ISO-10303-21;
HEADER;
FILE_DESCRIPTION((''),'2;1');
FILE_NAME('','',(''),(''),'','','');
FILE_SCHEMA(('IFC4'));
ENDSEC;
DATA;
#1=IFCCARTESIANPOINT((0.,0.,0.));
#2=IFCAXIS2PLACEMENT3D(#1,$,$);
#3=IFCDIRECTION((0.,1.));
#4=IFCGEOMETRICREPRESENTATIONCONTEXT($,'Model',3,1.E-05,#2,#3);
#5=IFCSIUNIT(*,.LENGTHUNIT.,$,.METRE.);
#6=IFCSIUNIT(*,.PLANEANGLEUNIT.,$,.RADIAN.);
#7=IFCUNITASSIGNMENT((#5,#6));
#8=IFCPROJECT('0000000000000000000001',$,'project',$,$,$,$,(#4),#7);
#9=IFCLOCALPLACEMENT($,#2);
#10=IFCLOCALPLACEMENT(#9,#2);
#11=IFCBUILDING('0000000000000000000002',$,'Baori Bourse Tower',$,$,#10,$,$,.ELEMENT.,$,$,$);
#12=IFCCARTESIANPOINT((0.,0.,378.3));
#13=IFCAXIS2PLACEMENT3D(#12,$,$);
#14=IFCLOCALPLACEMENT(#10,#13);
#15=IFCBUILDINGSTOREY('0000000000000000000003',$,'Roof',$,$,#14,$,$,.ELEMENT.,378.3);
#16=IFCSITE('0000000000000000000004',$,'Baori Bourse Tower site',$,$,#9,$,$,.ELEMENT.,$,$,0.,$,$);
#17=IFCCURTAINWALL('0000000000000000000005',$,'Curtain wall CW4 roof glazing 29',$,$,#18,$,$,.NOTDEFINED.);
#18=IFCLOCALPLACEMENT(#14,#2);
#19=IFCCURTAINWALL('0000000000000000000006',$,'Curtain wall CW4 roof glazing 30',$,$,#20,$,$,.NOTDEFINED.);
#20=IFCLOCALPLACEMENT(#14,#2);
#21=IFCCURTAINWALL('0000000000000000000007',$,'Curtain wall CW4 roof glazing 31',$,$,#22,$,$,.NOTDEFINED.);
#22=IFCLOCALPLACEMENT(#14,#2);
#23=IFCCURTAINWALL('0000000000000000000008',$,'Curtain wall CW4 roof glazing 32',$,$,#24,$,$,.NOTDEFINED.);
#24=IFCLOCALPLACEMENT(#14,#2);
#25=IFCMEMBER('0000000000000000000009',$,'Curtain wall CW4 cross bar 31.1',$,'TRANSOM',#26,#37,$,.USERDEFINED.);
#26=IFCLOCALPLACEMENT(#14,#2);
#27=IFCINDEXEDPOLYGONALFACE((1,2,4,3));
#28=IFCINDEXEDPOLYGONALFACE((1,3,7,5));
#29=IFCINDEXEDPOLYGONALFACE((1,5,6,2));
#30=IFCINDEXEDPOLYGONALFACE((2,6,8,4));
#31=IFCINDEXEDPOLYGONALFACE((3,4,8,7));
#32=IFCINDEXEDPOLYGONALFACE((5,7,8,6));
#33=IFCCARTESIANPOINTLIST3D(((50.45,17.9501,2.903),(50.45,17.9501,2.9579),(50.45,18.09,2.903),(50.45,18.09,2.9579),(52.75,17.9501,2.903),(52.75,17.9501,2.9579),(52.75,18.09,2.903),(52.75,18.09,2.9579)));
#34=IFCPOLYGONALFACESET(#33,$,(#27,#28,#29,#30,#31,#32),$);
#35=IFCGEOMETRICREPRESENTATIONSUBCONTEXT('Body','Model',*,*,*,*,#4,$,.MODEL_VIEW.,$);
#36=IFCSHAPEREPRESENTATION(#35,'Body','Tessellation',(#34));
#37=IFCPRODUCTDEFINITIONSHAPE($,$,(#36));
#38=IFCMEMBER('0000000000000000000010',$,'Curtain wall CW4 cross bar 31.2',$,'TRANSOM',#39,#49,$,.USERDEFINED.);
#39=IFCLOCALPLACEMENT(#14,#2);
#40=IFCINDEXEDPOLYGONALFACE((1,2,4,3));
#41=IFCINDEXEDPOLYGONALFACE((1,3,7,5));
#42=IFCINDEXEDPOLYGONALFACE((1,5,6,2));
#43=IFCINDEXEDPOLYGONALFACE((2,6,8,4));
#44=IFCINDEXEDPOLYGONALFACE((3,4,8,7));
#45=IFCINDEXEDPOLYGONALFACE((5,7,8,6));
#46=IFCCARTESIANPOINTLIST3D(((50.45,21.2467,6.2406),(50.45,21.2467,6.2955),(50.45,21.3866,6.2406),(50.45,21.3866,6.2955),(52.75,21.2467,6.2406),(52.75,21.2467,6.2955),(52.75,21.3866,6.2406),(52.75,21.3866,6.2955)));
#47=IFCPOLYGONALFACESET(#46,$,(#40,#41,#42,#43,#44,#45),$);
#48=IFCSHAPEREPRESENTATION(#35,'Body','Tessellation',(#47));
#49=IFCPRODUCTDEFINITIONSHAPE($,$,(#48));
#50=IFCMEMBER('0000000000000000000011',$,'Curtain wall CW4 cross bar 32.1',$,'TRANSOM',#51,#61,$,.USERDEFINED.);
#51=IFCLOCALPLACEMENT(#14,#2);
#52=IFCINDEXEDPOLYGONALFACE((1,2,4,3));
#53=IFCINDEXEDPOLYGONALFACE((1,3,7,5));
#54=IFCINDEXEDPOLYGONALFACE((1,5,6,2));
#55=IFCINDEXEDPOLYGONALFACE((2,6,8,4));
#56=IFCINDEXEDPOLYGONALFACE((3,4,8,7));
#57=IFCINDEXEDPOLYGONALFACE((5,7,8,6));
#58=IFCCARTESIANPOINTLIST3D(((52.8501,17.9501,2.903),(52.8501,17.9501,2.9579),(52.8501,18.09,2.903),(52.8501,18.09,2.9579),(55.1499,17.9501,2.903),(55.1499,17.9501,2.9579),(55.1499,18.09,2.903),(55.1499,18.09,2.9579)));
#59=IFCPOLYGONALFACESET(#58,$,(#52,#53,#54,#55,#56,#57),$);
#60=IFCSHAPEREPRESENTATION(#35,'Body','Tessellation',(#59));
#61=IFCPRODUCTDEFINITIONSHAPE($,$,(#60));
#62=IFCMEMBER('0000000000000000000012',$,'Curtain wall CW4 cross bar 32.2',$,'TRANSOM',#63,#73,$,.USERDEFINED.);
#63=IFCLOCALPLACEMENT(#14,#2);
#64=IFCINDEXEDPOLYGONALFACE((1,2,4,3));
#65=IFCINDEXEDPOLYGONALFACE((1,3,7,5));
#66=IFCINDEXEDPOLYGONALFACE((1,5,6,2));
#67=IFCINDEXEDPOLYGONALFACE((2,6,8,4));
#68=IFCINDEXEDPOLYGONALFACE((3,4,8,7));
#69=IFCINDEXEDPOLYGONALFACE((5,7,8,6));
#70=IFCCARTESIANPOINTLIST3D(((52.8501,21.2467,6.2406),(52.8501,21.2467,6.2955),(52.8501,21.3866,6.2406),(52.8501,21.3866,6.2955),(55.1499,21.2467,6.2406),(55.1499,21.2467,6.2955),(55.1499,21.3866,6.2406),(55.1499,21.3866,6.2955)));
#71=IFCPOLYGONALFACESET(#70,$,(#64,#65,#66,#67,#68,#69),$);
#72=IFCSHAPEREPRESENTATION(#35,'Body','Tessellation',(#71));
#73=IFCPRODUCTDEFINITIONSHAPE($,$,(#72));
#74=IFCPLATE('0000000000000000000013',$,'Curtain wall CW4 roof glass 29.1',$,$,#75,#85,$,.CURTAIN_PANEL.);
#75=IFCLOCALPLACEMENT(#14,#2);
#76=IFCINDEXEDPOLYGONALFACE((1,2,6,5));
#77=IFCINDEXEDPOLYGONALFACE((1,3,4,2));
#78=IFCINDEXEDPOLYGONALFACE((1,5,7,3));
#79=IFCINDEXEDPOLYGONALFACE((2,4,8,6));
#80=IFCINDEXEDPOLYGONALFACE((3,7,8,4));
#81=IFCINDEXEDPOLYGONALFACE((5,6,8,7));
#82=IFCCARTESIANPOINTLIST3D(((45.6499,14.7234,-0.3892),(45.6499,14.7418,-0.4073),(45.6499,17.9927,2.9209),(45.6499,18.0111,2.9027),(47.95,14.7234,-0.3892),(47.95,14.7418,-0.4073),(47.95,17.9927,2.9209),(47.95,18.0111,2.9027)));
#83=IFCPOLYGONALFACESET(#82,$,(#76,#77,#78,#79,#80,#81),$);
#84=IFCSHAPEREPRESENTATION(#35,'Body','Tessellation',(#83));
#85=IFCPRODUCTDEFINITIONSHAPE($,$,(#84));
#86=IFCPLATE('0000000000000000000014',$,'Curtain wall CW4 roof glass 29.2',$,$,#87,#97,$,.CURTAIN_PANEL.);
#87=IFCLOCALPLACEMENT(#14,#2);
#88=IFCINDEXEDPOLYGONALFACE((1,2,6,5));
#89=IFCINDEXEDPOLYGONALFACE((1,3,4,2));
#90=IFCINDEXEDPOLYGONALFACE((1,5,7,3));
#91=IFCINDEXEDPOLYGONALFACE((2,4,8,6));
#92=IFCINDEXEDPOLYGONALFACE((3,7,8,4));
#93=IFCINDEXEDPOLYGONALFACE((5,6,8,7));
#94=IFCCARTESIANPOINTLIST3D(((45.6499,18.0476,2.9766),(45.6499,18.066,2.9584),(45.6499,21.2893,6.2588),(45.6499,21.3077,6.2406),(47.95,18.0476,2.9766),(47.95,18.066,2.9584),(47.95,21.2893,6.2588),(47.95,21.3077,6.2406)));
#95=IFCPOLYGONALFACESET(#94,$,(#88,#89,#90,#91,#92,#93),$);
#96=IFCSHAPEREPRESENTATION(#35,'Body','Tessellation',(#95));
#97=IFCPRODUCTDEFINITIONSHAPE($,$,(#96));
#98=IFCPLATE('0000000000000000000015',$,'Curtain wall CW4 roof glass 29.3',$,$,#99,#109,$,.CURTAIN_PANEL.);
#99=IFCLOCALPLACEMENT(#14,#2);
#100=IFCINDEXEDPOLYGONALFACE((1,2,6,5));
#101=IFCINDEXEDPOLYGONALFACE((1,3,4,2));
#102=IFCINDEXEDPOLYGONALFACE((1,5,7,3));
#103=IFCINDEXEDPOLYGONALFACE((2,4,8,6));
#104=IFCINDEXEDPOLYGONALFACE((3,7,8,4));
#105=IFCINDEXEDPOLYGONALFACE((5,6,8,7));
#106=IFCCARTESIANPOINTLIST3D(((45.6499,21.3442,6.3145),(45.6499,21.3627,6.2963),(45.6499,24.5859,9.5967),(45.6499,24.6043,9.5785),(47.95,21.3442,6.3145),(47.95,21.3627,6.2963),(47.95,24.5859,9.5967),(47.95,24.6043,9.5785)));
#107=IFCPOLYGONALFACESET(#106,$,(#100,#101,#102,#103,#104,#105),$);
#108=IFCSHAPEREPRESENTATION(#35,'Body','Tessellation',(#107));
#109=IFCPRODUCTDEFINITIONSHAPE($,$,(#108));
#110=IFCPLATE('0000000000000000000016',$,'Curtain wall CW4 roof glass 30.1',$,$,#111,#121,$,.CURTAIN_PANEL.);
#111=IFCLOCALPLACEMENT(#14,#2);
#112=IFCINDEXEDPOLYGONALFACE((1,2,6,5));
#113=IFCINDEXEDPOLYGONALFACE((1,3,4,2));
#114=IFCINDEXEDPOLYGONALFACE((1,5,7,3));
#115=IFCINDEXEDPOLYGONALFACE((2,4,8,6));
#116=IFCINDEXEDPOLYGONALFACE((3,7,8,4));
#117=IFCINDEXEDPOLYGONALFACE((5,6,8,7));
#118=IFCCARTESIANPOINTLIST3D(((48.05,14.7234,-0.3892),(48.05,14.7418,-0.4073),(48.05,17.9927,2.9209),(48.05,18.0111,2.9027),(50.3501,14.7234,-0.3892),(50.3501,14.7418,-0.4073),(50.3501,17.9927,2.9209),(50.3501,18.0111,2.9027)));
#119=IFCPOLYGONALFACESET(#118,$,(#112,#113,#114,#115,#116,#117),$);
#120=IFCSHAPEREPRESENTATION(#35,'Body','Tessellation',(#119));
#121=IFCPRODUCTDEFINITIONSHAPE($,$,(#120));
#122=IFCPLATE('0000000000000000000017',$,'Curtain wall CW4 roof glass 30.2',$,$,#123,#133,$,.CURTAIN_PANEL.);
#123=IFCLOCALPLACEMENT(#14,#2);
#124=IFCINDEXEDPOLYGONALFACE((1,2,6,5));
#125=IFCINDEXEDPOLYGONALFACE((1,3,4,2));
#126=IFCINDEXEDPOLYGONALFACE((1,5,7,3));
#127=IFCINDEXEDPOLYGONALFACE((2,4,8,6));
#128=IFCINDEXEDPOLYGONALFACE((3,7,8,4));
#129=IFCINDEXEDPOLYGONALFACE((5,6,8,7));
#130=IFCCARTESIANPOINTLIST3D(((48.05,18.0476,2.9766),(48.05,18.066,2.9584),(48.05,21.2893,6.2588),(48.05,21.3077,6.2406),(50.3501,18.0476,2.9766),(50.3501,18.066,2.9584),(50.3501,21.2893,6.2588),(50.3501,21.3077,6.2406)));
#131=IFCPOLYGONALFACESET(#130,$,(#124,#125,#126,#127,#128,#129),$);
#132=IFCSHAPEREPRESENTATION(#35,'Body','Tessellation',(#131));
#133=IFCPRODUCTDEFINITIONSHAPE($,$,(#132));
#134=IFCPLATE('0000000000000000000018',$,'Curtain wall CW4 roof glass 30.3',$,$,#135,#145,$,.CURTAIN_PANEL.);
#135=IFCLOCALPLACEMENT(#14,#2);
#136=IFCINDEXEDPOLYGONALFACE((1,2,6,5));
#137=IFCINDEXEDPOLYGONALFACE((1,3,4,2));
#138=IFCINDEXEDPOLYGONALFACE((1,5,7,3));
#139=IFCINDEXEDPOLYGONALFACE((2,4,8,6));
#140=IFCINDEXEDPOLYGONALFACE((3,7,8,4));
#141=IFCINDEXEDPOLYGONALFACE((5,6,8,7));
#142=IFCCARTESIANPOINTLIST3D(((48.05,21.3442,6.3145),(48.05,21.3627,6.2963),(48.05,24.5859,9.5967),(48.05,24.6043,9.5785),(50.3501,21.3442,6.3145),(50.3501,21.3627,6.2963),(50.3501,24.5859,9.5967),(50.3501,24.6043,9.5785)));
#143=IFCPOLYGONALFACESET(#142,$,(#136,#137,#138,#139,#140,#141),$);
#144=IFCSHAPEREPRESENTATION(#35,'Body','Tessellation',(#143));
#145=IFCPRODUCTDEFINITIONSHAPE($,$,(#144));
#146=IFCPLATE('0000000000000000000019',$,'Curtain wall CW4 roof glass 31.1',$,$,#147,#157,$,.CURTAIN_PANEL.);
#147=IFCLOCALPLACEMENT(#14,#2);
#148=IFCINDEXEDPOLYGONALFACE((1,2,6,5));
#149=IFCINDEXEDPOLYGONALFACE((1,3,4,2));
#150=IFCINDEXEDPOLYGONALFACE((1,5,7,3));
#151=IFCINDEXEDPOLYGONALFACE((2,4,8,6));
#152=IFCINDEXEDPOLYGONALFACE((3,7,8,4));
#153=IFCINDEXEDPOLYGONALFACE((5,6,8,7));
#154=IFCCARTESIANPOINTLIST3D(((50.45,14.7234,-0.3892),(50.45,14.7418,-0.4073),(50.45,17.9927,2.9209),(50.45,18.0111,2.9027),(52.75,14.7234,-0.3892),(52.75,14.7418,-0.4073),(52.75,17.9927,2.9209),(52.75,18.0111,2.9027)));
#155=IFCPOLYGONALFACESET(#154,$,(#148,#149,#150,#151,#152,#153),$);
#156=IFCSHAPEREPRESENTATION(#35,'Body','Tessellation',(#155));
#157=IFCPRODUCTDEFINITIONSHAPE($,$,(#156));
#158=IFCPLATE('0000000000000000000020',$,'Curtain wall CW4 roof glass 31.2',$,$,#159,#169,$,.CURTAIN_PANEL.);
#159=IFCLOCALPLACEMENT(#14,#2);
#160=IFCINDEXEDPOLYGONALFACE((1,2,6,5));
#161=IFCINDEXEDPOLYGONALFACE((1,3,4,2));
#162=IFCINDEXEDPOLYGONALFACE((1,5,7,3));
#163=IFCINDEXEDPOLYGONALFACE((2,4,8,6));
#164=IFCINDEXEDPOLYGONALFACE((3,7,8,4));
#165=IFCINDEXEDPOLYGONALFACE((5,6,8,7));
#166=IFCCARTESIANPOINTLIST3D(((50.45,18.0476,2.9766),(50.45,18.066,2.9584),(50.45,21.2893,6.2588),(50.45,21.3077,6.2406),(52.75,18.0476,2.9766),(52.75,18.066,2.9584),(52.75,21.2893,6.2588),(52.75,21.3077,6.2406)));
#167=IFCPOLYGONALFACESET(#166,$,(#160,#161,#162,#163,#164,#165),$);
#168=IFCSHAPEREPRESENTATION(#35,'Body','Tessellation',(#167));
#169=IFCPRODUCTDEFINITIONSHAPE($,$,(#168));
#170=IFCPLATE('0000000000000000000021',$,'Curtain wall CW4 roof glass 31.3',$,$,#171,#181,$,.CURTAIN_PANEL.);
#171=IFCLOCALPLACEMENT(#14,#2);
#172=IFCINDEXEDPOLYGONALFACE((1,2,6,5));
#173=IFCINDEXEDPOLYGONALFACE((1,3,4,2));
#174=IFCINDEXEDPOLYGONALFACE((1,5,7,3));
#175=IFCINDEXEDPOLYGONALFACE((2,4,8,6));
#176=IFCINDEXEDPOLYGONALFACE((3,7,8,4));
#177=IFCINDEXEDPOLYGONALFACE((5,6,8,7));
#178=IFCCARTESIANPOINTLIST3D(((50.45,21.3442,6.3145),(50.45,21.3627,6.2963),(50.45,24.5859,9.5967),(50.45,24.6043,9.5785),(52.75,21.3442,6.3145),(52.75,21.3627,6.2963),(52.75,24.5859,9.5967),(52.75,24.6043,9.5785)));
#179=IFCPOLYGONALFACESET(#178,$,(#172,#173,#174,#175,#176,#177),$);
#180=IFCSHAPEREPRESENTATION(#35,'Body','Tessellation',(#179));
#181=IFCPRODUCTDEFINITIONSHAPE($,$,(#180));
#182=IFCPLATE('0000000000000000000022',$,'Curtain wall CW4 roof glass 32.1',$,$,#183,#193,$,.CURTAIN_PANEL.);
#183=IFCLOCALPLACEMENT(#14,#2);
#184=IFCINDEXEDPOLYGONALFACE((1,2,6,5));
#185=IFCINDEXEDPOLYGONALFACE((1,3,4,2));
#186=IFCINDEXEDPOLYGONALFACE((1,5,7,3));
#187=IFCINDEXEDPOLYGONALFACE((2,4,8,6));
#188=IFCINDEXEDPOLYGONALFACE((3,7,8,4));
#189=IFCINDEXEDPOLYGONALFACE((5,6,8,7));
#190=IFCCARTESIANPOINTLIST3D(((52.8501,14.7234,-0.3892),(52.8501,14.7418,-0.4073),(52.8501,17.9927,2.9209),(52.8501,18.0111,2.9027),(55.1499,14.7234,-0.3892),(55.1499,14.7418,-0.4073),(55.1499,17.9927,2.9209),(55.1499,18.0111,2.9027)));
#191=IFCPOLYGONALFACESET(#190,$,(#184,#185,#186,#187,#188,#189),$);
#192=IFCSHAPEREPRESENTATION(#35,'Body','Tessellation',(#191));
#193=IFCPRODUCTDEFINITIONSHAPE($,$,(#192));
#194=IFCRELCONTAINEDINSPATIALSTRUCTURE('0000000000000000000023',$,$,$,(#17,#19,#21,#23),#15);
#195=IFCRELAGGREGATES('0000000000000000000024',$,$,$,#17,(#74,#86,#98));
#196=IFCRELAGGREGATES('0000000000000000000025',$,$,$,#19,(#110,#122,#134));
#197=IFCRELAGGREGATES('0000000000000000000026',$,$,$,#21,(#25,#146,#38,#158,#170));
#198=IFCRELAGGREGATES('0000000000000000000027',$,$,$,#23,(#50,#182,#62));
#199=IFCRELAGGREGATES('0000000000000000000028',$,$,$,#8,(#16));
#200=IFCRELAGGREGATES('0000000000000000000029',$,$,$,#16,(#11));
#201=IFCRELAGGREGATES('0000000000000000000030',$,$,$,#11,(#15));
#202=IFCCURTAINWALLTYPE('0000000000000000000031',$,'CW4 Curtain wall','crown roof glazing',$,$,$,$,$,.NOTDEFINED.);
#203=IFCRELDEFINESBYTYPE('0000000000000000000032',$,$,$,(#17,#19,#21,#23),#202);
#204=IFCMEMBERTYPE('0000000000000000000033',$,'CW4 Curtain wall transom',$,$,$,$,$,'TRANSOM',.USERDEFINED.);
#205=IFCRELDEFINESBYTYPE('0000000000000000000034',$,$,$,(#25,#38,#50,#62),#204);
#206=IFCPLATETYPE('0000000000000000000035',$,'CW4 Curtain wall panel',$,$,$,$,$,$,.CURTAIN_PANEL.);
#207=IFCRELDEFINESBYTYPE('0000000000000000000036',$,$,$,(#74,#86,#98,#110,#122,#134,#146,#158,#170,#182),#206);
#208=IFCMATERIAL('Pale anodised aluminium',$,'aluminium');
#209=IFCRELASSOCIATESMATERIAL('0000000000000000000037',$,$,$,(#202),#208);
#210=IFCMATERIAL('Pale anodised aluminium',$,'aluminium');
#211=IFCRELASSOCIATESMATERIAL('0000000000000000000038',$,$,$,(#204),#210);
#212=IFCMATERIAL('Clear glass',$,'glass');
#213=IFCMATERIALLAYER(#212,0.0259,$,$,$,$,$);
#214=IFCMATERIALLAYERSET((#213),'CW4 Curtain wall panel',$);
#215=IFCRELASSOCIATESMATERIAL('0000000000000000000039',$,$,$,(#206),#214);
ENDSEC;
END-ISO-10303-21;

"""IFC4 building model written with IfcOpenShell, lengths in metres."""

from ifc_helpers import new_model, si_unit, direction, frame, origin, origin_2d, place, context, subcontext, project, spatial, polyline, rectangle, outline, extrude, material, layer, layer_set, material_profile, profile_set, type_object, element, aggregate, save


model = new_model("IFC4")

# Units and contexts
model_context = context("Model", 3, precision=1e-05, world=origin(), true_north=direction((0.0, 1.0)))
body_context = subcontext(model_context, "Body", "Model", "MODEL_VIEW")
ifc_project = project(units=[si_unit("LENGTHUNIT", "METRE"), si_unit("PLANEANGLEUNIT", "RADIAN")], contexts=[model_context])

# Site, building, storey
site_placement = place(None, origin())
site = spatial("IfcSite", under=ifc_project, at=site_placement, Name="Baori Bourse Tower site", CompositionType="ELEMENT", RefElevation=0.0)
building_placement = place(site_placement, origin())
building = spatial("IfcBuilding", under=site, at=building_placement, Name="Baori Bourse Tower", CompositionType="ELEMENT")
storey_placement = place(building_placement, frame((0.0, 0.0, 378.3)))
storey = spatial("IfcBuildingStorey", under=building, at=storey_placement, Name="Roof", CompositionType="ELEMENT", Elevation=378.3)

# Shared definitions
ifc_material_1 = material(Name="Pale anodised aluminium", Category="aluminium")
curtain_wall_type = type_object("IfcCurtainWallType", Name="CW4 Curtain wall", Description="crown roof glazing", PredefinedType="NOTDEFINED", material=ifc_material_1)

# Curtain walls
curtain_wall_1_placement = place(storey_placement, origin())
curtain_wall_1 = element("IfcCurtainWall", 1, at=curtain_wall_1_placement, inside=storey, type_object=curtain_wall_type, Name="Curtain wall CW4 roof glazing 29", PredefinedType="NOTDEFINED")
curtain_wall_2_placement = place(storey_placement, origin())
curtain_wall_2 = element("IfcCurtainWall", 2, at=curtain_wall_2_placement, inside=storey, type_object=curtain_wall_type, Name="Curtain wall CW4 roof glazing 30", PredefinedType="NOTDEFINED")
curtain_wall_3_placement = place(storey_placement, origin())
curtain_wall_3 = element("IfcCurtainWall", 3, at=curtain_wall_3_placement, inside=storey, type_object=curtain_wall_type, Name="Curtain wall CW4 roof glazing 31", PredefinedType="NOTDEFINED")
curtain_wall_4_placement = place(storey_placement, origin())
curtain_wall_4 = element("IfcCurtainWall", 4, at=curtain_wall_4_placement, inside=storey, type_object=curtain_wall_type, Name="Curtain wall CW4 roof glazing 32", PredefinedType="NOTDEFINED")

# Members
ifc_material_2 = material(Name="Pale anodised aluminium", Category="aluminium")
ifc_material_profile_1 = material_profile(ifc_material_2, rectangle(XDim=0.1399, YDim=0.0549, at=origin_2d()), Name="Transom 55x140")
ifc_profile_set_1 = profile_set([ifc_material_profile_1], Name="Pale anodised aluminium")
member_type_1 = type_object("IfcMemberType", Name="CW4 Curtain wall transom", ElementType="TRANSOM", PredefinedType="USERDEFINED", material=ifc_profile_set_1)
member_1_placement = place(storey_placement, frame((50.45, 18.02, 2.9304), z_axis=(1.0, 0.0, 0.0), x_axis=(0.0, 1.0, 0.0)))
member_1 = element("IfcMember", 5, at=member_1_placement, type_object=member_type_1, Name="Curtain wall CW4 cross bar 31.1", ObjectType="TRANSOM", PredefinedType="USERDEFINED", context=body_context, shape_type="SweptSolid", body=[
    extrude(rectangle(XDim=0.1399, YDim=0.0549, at=origin_2d()), origin(), (0.0, 0.0, 1.0), 2.3),
])
member_2_placement = place(storey_placement, frame((50.45, 21.3167, 6.2681), z_axis=(1.0, 0.0, 0.0), x_axis=(0.0, 1.0, 0.0)))
member_2 = element("IfcMember", 6, at=member_2_placement, type_object=member_type_1, Name="Curtain wall CW4 cross bar 31.2", ObjectType="TRANSOM", PredefinedType="USERDEFINED", context=body_context, shape_type="SweptSolid", body=[
    extrude(rectangle(XDim=0.1399, YDim=0.0549, at=origin_2d()), origin(), (0.0, 0.0, 1.0), 2.3),
])
member_3_placement = place(storey_placement, frame((52.8501, 18.02, 2.9304), z_axis=(1.0, 0.0, 0.0), x_axis=(0.0, 1.0, 0.0)))
member_3 = element("IfcMember", 7, at=member_3_placement, type_object=member_type_1, Name="Curtain wall CW4 cross bar 32.1", ObjectType="TRANSOM", PredefinedType="USERDEFINED", context=body_context, shape_type="SweptSolid", body=[
    extrude(rectangle(XDim=0.1399, YDim=0.0549, at=origin_2d()), origin(), (0.0, 0.0, 1.0), 2.2998),
])
member_4_placement = place(storey_placement, frame((52.8501, 21.3167, 6.2681), z_axis=(1.0, 0.0, 0.0), x_axis=(0.0, 1.0, 0.0)))
member_4 = element("IfcMember", 8, at=member_4_placement, type_object=member_type_1, Name="Curtain wall CW4 cross bar 32.2", ObjectType="TRANSOM", PredefinedType="USERDEFINED", context=body_context, shape_type="SweptSolid", body=[
    extrude(rectangle(XDim=0.1399, YDim=0.0549, at=origin_2d()), origin(), (0.0, 0.0, 1.0), 2.2998),
])

# Plates
ifc_material_3 = material(Name="Clear glass", Category="glass")
ifc_layer_1 = layer(ifc_material_3, 0.0259)
ifc_layer_set_1 = layer_set([ifc_layer_1], Name="CW4 Curtain wall panel")
plate_type = type_object("IfcPlateType", Name="CW4 Curtain wall panel", PredefinedType="CURTAIN_PANEL", material=ifc_layer_set_1)
plate_1_placement = place(storey_placement, frame((45.6499, 14.7234, -0.3892), z_axis=(0.0, -0.711475, 0.702711), x_axis=(1.0, 0.0, 0.0)))
plate_1 = element("IfcPlate", 9, at=plate_1_placement, type_object=plate_type, Name="Curtain wall CW4 roof glass 29.1", PredefinedType="CURTAIN_PANEL", context=body_context, shape_type="SweptSolid", body=[
    extrude(outline(polyline([(0.0, 0.0), (2.3, 0.0), (2.3, 4.6524), (0.0, 4.6524), (0.0, 0.0)])), origin(), (0.0, 0.0, -1.0), 0.0259),
])
plate_2_placement = place(storey_placement, frame((45.6499, 18.0476, 2.9766), z_axis=(0.0, -0.711486, 0.702701), x_axis=(1.0, 0.0, 0.0)))
plate_2 = element("IfcPlate", 10, at=plate_2_placement, type_object=plate_type, Name="Curtain wall CW4 roof glass 29.2", PredefinedType="CURTAIN_PANEL", context=body_context, shape_type="SweptSolid", body=[
    extrude(outline(polyline([(0.0, 0.0), (2.3, 0.0), (2.3, 4.6132), (0.0, 4.6132), (0.0, 0.0)])), origin(), (0.0, 0.0, -1.0), 0.0259),
])
plate_3_placement = place(storey_placement, frame((45.6499, 21.3442, 6.3145), z_axis=(0.0, -0.711486, 0.702701), x_axis=(1.0, 0.0, 0.0)))
plate_3 = element("IfcPlate", 11, at=plate_3_placement, type_object=plate_type, Name="Curtain wall CW4 roof glass 29.3", PredefinedType="CURTAIN_PANEL", context=body_context, shape_type="SweptSolid", body=[
    extrude(outline(polyline([(0.0, 0.0), (2.3, 0.0), (2.3, 4.6132), (0.0, 4.6132), (0.0, 0.0)])), origin(), (0.0, 0.0, -1.0), 0.0259),
])
aggregate(curtain_wall_1, [plate_1, plate_2, plate_3])
plate_4_placement = place(storey_placement, frame((48.05, 14.7234, -0.3892), z_axis=(0.0, -0.711475, 0.702711), x_axis=(1.0, 0.0, 0.0)))
plate_4 = element("IfcPlate", 12, at=plate_4_placement, type_object=plate_type, Name="Curtain wall CW4 roof glass 30.1", PredefinedType="CURTAIN_PANEL", context=body_context, shape_type="SweptSolid", body=[
    extrude(outline(polyline([(0.0, 0.0), (2.3, 0.0), (2.3, 4.6524), (0.0, 4.6524), (0.0, 0.0)])), origin(), (0.0, 0.0, -1.0), 0.0259),
])
plate_5_placement = place(storey_placement, frame((48.05, 18.0476, 2.9766), z_axis=(0.0, -0.711486, 0.702701), x_axis=(1.0, 0.0, 0.0)))
plate_5 = element("IfcPlate", 13, at=plate_5_placement, type_object=plate_type, Name="Curtain wall CW4 roof glass 30.2", PredefinedType="CURTAIN_PANEL", context=body_context, shape_type="SweptSolid", body=[
    extrude(outline(polyline([(0.0, 0.0), (2.3, 0.0), (2.3, 4.6132), (0.0, 4.6132), (0.0, 0.0)])), origin(), (0.0, 0.0, -1.0), 0.0259),
])
plate_6_placement = place(storey_placement, frame((48.05, 21.3442, 6.3145), z_axis=(0.0, -0.711486, 0.702701), x_axis=(1.0, 0.0, 0.0)))
plate_6 = element("IfcPlate", 14, at=plate_6_placement, type_object=plate_type, Name="Curtain wall CW4 roof glass 30.3", PredefinedType="CURTAIN_PANEL", context=body_context, shape_type="SweptSolid", body=[
    extrude(outline(polyline([(0.0, 0.0), (2.3, 0.0), (2.3, 4.6132), (0.0, 4.6132), (0.0, 0.0)])), origin(), (0.0, 0.0, -1.0), 0.0259),
])
aggregate(curtain_wall_2, [plate_4, plate_5, plate_6])
plate_7_placement = place(storey_placement, frame((50.45, 14.7234, -0.3892), z_axis=(0.0, -0.711475, 0.702711), x_axis=(1.0, 0.0, 0.0)))
plate_7 = element("IfcPlate", 15, at=plate_7_placement, type_object=plate_type, Name="Curtain wall CW4 roof glass 31.1", PredefinedType="CURTAIN_PANEL", context=body_context, shape_type="SweptSolid", body=[
    extrude(outline(polyline([(0.0, 0.0), (2.3, 0.0), (2.3, 4.6524), (0.0, 4.6524), (0.0, 0.0)])), origin(), (0.0, 0.0, -1.0), 0.0259),
])
plate_8_placement = place(storey_placement, frame((50.45, 18.0476, 2.9766), z_axis=(0.0, -0.711486, 0.702701), x_axis=(1.0, 0.0, 0.0)))
plate_8 = element("IfcPlate", 16, at=plate_8_placement, type_object=plate_type, Name="Curtain wall CW4 roof glass 31.2", PredefinedType="CURTAIN_PANEL", context=body_context, shape_type="SweptSolid", body=[
    extrude(outline(polyline([(0.0, 0.0), (2.3, 0.0), (2.3, 4.6132), (0.0, 4.6132), (0.0, 0.0)])), origin(), (0.0, 0.0, -1.0), 0.0259),
])
plate_9_placement = place(storey_placement, frame((50.45, 21.3442, 6.3145), z_axis=(0.0, -0.711486, 0.702701), x_axis=(1.0, 0.0, 0.0)))
plate_9 = element("IfcPlate", 17, at=plate_9_placement, type_object=plate_type, Name="Curtain wall CW4 roof glass 31.3", PredefinedType="CURTAIN_PANEL", context=body_context, shape_type="SweptSolid", body=[
    extrude(outline(polyline([(0.0, 0.0), (2.3, 0.0), (2.3, 4.6132), (0.0, 4.6132), (0.0, 0.0)])), origin(), (0.0, 0.0, -1.0), 0.0259),
])
aggregate(curtain_wall_3, [member_1, plate_7, member_2, plate_8, plate_9])
plate_10_placement = place(storey_placement, frame((52.8501, 14.7234, -0.3892), z_axis=(0.0, -0.711475, 0.702711), x_axis=(1.0, 0.0, 0.0)))
plate_10 = element("IfcPlate", 18, at=plate_10_placement, type_object=plate_type, Name="Curtain wall CW4 roof glass 32.1", PredefinedType="CURTAIN_PANEL", context=body_context, shape_type="SweptSolid", body=[
    extrude(outline(polyline([(0.0, 0.0), (2.2998, 0.0), (2.2998, 4.6524), (0.0, 4.6524), (0.0, 0.0)])), origin(), (0.0, 0.0, -1.0), 0.0259),
])
aggregate(curtain_wall_4, [member_3, plate_10, member_4])

save(model, "model.ifc")
